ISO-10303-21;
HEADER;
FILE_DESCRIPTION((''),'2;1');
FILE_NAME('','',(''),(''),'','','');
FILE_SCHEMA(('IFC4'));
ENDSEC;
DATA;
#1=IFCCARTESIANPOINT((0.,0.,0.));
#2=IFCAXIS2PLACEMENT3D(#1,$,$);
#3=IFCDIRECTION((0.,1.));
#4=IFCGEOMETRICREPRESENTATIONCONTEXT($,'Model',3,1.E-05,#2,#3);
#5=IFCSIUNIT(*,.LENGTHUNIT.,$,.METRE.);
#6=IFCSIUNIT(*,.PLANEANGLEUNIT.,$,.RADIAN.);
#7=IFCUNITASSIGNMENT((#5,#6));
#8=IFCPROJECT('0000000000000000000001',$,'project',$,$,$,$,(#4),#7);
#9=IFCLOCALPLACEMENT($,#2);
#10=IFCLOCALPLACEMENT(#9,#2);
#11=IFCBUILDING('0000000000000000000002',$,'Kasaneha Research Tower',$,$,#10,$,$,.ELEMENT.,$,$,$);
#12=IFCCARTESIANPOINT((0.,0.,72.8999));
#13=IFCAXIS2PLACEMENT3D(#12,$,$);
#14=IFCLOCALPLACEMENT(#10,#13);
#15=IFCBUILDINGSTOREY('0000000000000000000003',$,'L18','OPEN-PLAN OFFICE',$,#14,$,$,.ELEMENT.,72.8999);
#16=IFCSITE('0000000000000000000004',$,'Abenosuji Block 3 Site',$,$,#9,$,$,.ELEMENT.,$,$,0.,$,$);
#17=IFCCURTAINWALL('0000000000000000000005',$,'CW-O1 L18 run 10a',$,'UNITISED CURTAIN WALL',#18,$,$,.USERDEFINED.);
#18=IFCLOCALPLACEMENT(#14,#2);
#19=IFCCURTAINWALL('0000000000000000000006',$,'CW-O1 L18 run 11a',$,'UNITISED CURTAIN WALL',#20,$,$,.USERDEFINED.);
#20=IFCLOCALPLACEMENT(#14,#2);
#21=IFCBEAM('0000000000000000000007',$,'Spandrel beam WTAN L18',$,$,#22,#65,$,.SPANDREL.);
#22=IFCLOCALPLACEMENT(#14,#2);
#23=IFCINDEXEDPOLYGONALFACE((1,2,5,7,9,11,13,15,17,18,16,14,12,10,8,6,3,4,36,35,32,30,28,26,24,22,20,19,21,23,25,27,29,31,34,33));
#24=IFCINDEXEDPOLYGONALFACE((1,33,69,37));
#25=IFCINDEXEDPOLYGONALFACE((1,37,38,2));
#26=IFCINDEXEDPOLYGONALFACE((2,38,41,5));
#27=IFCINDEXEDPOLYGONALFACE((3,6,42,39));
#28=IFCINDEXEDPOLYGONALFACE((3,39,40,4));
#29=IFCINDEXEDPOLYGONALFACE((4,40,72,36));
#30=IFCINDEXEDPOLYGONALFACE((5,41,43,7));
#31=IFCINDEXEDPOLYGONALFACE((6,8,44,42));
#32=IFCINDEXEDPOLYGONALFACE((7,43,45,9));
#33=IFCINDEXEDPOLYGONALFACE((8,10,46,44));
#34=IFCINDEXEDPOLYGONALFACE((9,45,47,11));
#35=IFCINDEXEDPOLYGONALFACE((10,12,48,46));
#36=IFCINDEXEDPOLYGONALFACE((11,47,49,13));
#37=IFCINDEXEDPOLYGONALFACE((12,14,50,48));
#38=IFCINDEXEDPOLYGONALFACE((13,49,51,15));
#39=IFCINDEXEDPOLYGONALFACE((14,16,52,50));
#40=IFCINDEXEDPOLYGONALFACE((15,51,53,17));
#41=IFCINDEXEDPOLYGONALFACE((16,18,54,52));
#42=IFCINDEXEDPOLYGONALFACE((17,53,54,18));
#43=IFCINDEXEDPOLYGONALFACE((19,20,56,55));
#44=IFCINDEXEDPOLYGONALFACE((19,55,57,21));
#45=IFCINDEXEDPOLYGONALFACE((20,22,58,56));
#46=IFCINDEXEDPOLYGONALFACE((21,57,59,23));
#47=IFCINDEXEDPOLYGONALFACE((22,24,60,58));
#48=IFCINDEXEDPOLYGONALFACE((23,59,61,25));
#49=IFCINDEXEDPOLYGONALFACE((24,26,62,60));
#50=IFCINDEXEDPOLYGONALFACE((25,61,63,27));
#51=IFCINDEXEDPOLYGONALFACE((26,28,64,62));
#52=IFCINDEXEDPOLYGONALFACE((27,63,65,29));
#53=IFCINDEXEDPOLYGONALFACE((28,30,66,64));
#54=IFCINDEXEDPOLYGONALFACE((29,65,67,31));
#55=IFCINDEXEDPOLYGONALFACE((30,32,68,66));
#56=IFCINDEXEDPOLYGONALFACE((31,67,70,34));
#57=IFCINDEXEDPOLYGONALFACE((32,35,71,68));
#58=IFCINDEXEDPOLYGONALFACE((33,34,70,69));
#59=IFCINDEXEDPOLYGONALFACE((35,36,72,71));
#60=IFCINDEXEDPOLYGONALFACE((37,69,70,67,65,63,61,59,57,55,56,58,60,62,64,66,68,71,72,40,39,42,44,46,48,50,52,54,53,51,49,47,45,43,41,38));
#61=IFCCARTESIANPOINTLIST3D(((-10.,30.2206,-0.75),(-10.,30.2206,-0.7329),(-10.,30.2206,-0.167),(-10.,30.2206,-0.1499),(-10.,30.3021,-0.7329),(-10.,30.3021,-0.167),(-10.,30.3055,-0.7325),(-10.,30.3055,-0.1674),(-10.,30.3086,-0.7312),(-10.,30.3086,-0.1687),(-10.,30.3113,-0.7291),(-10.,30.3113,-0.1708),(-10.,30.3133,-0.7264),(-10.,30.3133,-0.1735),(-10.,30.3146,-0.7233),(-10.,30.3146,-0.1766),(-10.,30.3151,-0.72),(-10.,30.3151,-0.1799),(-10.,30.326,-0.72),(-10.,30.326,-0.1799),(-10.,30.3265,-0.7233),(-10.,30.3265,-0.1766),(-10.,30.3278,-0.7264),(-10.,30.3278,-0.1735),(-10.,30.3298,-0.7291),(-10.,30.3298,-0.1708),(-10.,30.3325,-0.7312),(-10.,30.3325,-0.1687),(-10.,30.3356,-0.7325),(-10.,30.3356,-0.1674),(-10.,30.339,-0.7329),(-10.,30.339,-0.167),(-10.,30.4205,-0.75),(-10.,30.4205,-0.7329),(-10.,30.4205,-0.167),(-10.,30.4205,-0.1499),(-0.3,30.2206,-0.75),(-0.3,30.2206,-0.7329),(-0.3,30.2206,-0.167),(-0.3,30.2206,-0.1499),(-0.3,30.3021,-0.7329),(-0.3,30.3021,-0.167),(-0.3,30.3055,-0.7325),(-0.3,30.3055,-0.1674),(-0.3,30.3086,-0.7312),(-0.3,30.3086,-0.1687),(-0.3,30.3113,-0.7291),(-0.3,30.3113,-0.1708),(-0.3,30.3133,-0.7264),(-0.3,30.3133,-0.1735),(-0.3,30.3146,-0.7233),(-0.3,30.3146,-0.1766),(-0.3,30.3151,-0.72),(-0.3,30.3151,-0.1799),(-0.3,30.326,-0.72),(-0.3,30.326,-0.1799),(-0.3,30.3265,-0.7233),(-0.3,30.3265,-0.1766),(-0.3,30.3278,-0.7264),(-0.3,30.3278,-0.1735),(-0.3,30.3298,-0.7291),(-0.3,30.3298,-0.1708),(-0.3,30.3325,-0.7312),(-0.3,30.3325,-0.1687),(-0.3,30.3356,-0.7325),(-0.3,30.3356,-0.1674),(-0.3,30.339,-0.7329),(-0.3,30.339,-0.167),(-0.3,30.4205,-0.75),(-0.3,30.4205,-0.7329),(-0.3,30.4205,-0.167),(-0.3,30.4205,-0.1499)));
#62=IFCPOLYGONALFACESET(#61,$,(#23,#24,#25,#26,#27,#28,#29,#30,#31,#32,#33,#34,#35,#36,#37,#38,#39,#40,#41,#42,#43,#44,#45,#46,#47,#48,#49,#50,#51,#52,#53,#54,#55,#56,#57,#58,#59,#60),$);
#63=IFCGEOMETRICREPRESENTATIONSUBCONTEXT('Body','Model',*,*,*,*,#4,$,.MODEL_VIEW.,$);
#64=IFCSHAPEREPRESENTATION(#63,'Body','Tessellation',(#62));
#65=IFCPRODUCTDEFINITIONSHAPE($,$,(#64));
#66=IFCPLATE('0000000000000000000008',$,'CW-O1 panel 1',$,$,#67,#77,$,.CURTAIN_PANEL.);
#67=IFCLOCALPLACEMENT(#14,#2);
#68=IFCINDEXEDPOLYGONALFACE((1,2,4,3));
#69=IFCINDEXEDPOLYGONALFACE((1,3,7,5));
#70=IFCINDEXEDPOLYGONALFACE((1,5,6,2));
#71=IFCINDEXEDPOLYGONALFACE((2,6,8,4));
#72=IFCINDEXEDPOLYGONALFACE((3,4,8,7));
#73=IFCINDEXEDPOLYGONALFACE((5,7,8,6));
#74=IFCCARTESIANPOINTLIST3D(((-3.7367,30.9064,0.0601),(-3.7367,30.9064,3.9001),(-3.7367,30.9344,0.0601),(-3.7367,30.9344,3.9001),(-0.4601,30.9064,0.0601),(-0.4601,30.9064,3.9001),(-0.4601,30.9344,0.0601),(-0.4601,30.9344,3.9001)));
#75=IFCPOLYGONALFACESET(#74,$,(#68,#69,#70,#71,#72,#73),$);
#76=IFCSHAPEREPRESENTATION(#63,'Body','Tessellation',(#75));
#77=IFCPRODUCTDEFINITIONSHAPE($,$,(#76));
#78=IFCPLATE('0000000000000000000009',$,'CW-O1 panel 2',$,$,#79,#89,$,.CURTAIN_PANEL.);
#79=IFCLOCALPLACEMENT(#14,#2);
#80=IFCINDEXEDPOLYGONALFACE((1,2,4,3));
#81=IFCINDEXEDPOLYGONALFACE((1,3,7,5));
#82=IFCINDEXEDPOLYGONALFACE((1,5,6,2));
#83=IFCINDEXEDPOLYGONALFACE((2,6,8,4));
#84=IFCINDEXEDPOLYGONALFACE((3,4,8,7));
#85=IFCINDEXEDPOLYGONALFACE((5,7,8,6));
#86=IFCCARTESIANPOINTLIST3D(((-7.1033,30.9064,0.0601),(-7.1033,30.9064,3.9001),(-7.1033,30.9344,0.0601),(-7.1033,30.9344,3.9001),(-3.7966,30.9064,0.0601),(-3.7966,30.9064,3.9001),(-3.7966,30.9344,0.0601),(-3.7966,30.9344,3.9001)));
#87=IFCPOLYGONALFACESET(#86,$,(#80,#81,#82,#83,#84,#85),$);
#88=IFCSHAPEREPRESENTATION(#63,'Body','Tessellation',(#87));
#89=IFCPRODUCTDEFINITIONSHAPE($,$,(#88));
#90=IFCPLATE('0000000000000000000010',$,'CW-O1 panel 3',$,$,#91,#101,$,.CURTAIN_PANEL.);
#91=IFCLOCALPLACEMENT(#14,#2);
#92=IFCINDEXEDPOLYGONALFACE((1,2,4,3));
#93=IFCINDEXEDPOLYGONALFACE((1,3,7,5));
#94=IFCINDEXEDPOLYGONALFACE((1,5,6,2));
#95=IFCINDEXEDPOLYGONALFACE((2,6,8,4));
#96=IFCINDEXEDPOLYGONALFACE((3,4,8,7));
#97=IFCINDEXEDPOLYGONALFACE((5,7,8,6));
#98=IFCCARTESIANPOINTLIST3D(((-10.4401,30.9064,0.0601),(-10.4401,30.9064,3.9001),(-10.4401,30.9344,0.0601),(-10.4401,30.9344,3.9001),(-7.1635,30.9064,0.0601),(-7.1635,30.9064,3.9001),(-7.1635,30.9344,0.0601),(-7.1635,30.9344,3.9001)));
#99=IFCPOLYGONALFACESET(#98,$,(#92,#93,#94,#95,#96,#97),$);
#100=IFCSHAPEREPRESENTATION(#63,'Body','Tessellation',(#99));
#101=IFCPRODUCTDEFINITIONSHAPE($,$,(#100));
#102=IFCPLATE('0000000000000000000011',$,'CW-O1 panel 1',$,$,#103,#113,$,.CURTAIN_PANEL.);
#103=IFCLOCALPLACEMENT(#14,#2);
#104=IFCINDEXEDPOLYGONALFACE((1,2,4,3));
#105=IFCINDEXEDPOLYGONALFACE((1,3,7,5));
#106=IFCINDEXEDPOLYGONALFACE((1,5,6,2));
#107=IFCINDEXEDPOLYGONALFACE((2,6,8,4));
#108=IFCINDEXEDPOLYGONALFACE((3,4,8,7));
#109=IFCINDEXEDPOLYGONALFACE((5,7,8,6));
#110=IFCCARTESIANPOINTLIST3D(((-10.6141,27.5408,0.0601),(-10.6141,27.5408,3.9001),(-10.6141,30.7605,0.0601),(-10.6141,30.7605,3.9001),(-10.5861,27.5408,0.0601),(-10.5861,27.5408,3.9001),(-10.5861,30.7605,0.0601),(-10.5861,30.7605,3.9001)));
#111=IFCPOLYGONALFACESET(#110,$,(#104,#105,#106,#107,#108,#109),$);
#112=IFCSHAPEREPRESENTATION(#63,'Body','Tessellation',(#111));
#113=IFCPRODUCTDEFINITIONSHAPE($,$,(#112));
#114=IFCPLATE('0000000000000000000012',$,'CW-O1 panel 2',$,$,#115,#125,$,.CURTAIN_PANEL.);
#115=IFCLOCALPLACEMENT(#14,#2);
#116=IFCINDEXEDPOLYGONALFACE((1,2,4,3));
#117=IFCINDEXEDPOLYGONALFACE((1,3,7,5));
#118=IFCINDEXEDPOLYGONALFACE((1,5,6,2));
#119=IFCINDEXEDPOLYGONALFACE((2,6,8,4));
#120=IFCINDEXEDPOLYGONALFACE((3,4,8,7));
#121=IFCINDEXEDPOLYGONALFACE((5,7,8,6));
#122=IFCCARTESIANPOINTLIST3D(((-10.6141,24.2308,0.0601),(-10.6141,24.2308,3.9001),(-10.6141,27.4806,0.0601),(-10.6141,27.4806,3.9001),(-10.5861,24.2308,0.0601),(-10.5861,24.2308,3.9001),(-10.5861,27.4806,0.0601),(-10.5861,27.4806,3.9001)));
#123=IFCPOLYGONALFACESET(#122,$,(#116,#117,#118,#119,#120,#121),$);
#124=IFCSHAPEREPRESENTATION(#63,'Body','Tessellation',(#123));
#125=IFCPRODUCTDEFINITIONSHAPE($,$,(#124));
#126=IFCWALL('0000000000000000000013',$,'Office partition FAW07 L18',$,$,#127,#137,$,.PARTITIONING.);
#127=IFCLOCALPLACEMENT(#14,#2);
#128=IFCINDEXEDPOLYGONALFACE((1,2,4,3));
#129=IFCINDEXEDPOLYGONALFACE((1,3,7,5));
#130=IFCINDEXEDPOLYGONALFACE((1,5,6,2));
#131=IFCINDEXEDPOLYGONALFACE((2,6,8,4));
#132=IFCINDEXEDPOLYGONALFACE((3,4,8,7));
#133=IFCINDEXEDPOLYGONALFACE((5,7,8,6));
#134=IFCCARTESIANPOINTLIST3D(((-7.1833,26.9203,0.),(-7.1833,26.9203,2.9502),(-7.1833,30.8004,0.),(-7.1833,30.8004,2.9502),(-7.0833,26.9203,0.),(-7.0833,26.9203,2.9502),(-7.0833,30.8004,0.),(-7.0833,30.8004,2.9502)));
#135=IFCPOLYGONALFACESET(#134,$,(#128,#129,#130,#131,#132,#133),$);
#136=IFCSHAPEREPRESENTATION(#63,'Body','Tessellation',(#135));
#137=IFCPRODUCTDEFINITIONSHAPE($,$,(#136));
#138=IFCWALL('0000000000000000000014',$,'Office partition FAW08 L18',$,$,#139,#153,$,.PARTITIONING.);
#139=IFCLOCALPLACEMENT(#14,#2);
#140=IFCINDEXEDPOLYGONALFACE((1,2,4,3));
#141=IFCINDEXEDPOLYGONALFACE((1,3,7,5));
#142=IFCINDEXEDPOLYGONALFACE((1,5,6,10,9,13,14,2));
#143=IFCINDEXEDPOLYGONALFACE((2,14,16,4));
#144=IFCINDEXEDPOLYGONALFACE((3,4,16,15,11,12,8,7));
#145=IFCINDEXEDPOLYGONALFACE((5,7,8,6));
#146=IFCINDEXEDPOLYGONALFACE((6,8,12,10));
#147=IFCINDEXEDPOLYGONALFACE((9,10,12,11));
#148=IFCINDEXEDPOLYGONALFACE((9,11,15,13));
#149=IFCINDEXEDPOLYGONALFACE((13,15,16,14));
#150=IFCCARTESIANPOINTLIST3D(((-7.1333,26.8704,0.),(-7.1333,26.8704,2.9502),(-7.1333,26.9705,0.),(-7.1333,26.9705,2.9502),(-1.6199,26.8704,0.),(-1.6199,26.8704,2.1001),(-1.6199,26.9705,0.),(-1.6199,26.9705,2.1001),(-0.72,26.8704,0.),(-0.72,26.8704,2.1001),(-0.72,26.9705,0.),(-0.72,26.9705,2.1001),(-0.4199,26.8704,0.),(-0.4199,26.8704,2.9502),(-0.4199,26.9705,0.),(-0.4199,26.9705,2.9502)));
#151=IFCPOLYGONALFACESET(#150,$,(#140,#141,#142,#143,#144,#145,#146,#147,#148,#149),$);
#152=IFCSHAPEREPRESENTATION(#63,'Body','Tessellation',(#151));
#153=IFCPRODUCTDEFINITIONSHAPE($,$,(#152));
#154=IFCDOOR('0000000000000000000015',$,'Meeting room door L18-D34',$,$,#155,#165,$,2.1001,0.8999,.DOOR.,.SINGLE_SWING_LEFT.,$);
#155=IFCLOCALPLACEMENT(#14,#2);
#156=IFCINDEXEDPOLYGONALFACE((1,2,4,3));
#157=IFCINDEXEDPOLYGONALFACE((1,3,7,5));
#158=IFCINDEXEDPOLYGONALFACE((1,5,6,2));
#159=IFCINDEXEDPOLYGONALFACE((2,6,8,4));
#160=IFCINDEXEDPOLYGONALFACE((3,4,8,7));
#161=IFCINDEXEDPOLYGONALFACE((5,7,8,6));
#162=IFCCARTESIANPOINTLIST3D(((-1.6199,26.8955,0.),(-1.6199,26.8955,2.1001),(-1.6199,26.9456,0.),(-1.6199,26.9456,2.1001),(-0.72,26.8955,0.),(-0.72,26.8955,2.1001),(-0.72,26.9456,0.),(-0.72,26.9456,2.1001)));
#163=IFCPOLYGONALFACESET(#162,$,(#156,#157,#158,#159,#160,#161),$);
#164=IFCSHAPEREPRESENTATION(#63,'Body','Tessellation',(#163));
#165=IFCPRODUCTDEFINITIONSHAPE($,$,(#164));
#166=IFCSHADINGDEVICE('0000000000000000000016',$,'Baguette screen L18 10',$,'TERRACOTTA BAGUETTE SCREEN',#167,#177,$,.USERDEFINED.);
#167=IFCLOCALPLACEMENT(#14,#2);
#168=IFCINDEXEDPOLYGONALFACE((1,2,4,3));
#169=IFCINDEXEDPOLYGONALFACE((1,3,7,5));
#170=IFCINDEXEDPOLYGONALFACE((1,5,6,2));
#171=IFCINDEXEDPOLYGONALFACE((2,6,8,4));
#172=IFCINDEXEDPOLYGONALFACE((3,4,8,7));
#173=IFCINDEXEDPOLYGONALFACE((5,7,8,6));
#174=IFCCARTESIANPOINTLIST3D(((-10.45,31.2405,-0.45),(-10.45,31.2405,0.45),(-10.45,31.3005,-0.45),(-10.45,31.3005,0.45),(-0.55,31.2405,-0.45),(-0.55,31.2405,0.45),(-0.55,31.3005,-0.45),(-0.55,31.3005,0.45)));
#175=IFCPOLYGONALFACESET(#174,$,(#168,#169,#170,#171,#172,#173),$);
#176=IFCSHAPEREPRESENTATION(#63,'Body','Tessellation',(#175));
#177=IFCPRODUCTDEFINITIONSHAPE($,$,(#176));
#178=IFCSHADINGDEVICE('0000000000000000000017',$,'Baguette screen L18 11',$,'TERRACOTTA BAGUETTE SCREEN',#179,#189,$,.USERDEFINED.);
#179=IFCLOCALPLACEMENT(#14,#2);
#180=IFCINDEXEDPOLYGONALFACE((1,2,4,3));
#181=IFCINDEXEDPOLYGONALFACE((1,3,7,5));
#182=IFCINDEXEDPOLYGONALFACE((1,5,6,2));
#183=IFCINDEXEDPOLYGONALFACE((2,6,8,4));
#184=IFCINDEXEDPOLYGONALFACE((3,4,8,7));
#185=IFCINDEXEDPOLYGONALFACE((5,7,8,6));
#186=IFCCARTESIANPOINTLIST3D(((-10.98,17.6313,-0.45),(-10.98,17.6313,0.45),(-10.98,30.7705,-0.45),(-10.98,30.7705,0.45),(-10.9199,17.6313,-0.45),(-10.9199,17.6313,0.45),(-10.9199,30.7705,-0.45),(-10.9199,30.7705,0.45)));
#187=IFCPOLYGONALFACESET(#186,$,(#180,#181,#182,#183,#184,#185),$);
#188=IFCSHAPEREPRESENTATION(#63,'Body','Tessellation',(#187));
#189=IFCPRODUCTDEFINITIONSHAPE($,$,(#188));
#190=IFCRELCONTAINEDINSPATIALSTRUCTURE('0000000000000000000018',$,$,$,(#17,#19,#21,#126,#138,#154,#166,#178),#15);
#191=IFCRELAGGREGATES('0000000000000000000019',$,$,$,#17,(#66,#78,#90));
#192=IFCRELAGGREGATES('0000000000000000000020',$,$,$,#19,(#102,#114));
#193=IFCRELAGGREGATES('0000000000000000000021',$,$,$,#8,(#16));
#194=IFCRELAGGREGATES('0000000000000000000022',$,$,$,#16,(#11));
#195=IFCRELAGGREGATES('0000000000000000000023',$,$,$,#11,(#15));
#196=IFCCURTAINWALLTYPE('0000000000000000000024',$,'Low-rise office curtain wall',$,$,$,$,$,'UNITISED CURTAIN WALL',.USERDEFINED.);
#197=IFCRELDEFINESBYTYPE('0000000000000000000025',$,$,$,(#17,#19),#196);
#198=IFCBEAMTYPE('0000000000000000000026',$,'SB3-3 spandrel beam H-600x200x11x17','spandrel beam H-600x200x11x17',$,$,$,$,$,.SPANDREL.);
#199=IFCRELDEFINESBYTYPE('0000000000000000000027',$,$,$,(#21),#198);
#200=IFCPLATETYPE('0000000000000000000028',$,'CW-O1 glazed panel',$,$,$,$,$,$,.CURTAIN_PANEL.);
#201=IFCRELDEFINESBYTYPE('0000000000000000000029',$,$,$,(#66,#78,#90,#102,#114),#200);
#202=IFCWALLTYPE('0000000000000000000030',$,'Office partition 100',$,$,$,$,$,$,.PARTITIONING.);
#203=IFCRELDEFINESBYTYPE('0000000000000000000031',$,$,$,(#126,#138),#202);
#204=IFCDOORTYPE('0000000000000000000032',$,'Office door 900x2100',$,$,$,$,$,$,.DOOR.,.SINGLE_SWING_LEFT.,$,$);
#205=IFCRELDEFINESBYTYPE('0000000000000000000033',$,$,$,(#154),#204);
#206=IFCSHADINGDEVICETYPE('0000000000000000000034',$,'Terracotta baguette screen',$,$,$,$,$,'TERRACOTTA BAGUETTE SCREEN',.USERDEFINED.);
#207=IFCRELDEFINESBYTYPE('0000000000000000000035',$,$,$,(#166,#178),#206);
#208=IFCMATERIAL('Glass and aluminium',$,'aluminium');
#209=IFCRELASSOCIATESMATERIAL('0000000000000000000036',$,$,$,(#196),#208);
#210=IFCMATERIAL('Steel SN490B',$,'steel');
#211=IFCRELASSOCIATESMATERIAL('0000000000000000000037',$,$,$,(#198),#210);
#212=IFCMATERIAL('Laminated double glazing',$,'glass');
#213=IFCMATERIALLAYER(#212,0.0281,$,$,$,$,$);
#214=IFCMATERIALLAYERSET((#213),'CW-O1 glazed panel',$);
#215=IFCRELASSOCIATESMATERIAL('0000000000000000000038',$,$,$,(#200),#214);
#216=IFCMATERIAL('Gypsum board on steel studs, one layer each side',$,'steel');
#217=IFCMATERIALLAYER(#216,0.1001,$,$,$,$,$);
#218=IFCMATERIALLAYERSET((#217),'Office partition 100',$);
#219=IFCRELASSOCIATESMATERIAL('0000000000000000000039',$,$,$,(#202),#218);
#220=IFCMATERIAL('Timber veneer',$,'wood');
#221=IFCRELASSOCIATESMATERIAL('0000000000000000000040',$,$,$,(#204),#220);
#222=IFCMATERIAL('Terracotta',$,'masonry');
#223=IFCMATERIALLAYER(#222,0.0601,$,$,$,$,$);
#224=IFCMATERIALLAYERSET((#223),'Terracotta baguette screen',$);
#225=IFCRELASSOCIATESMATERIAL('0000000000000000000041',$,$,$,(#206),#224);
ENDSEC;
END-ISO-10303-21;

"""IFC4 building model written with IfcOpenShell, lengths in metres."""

from ifc_helpers import new_model, si_unit, direction, frame, frame_2d, origin, origin_2d, place, context, subcontext, project, spatial, rectangle, i_section, extrude, material, layer, layer_set, material_profile, profile_set, type_object, element, fill, aggregate, save


model = new_model("IFC4")

# Units and contexts
model_context = context("Model", 3, precision=1e-05, world=origin(), true_north=direction((0.0, 1.0)))
body_context = subcontext(model_context, "Body", "Model", "MODEL_VIEW")
ifc_project = project(units=[si_unit("LENGTHUNIT", "METRE"), si_unit("PLANEANGLEUNIT", "RADIAN")], contexts=[model_context])

# Site, building, storey
site_placement = place(None, origin())
site = spatial("IfcSite", under=ifc_project, at=site_placement, Name="Abenosuji Block 3 Site", CompositionType="ELEMENT", RefElevation=0.0)
building_placement = place(site_placement, origin())
building = spatial("IfcBuilding", under=site, at=building_placement, Name="Kasaneha Research Tower", CompositionType="ELEMENT")
storey_placement = place(building_placement, frame((0.0, 0.0, 72.8999)))
storey = spatial("IfcBuildingStorey", under=building, at=storey_placement, Name="L18", Description="OPEN-PLAN OFFICE", CompositionType="ELEMENT", Elevation=72.8999)

# Curtain walls
ifc_material_1 = material(Name="Glass and aluminium", Category="aluminium")
curtain_wall_type = type_object("IfcCurtainWallType", Name="Low-rise office curtain wall", ElementType="UNITISED CURTAIN WALL", PredefinedType="USERDEFINED", material=ifc_material_1)
curtain_wall_1_placement = place(storey_placement, origin())
curtain_wall_1 = element("IfcCurtainWall", 1, at=curtain_wall_1_placement, inside=storey, type_object=curtain_wall_type, Name="CW-O1 L18 run 10a", ObjectType="UNITISED CURTAIN WALL", PredefinedType="USERDEFINED")
curtain_wall_2_placement = place(storey_placement, origin())
curtain_wall_2 = element("IfcCurtainWall", 2, at=curtain_wall_2_placement, inside=storey, type_object=curtain_wall_type, Name="CW-O1 L18 run 11a", ObjectType="UNITISED CURTAIN WALL", PredefinedType="USERDEFINED")

# Beam
ifc_material_2 = material(Name="Steel SN490B", Category="steel")
ifc_material_profile_1 = material_profile(ifc_material_2, i_section(OverallWidth=0.2, OverallDepth=0.6001, WebThickness=0.011, FlangeThickness=0.0171, FilletRadius=0.0129, at=origin_2d()), Name="H-600x200x11x17")
ifc_profile_set_1 = profile_set([ifc_material_profile_1], Name="Steel SN490B")
beam_type_1 = type_object("IfcBeamType", Name="SB3-3 spandrel beam H-600x200x11x17", Description="spandrel beam H-600x200x11x17", PredefinedType="SPANDREL", material=ifc_profile_set_1)
beam_1_placement = place(storey_placement, frame((-10.0, 30.3206, -0.45), z_axis=(1.0, 0.0, 0.0), x_axis=(0.0, 1.0, 0.0)))
element("IfcBeam", 3, at=beam_1_placement, inside=storey, type_object=beam_type_1, Name="Spandrel beam WTAN L18", PredefinedType="SPANDREL", context=body_context, shape_type="SweptSolid", body=[
    extrude(i_section(OverallWidth=0.2, OverallDepth=0.6001, WebThickness=0.011, FlangeThickness=0.0171, FilletRadius=0.0129, at=origin_2d()), origin(), (0.0, 0.0, 1.0), 9.7),
])

# Plates
ifc_material_3 = material(Name="Laminated double glazing", Category="glass")
ifc_layer_1 = layer(ifc_material_3, 0.0281)
ifc_layer_set_1 = layer_set([ifc_layer_1], Name="CW-O1 glazed panel")
plate_type = type_object("IfcPlateType", Name="CW-O1 glazed panel", PredefinedType="CURTAIN_PANEL", material=ifc_layer_set_1)
plate_1_placement = place(storey_placement, frame((-2.0984, 30.9204, 0.0601), z_axis=(0.0, 0.0, 1.0), x_axis=(-1.0, 0.0, 0.0)))
plate_1 = element("IfcPlate", 4, at=plate_1_placement, type_object=plate_type, Name="CW-O1 panel 1", PredefinedType="CURTAIN_PANEL", context=body_context, shape_type="SweptSolid", body=[
    extrude(rectangle(XDim=3.2766, YDim=0.0281, at=origin_2d()), origin(), (0.0, 0.0, 1.0), 3.8401),
])
plate_2_placement = place(storey_placement, frame((-5.45, 30.9204, 0.0601), z_axis=(0.0, 0.0, 1.0), x_axis=(-1.0, 0.0, 0.0)))
plate_2 = element("IfcPlate", 5, at=plate_2_placement, type_object=plate_type, Name="CW-O1 panel 2", PredefinedType="CURTAIN_PANEL", context=body_context, shape_type="SweptSolid", body=[
    extrude(rectangle(XDim=3.3066, YDim=0.0281, at=origin_2d()), origin(), (0.0, 0.0, 1.0), 3.8401),
])
plate_3_placement = place(storey_placement, frame((-8.8018, 30.9204, 0.0601), z_axis=(0.0, 0.0, 1.0), x_axis=(-1.0, 0.0, 0.0)))
plate_3 = element("IfcPlate", 6, at=plate_3_placement, type_object=plate_type, Name="CW-O1 panel 3", PredefinedType="CURTAIN_PANEL", context=body_context, shape_type="SweptSolid", body=[
    extrude(rectangle(XDim=3.2766, YDim=0.0281, at=origin_2d()), origin(), (0.0, 0.0, 1.0), 3.8401),
])
aggregate(curtain_wall_1, [plate_1, plate_2, plate_3])
plate_4_placement = place(storey_placement, frame((-10.6001, 29.1506, 0.0601), z_axis=(0.0, 0.0, 1.0), x_axis=(0.0, -1.0, 0.0)))
plate_4 = element("IfcPlate", 7, at=plate_4_placement, type_object=plate_type, Name="CW-O1 panel 1", PredefinedType="CURTAIN_PANEL", context=body_context, shape_type="SweptSolid", body=[
    extrude(rectangle(XDim=3.2197, YDim=0.0281, at=origin_2d()), origin(), (0.0, 0.0, 1.0), 3.8401),
])
plate_5_placement = place(storey_placement, frame((-10.6001, 25.8557, 0.0601), z_axis=(0.0, 0.0, 1.0), x_axis=(0.0, -1.0, 0.0)))
plate_5 = element("IfcPlate", 8, at=plate_5_placement, type_object=plate_type, Name="CW-O1 panel 2", PredefinedType="CURTAIN_PANEL", context=body_context, shape_type="SweptSolid", body=[
    extrude(rectangle(XDim=3.2498, YDim=0.0281, at=origin_2d()), origin(), (0.0, 0.0, 1.0), 3.8401),
])
aggregate(curtain_wall_2, [plate_4, plate_5])

# Wall
ifc_material_4 = material(Name="Gypsum board on steel studs, one layer each side", Category="steel")
ifc_layer_2 = layer(ifc_material_4, 0.1001)
ifc_layer_set_2 = layer_set([ifc_layer_2], Name="Office partition 100")
wall_type = type_object("IfcWallType", Name="Office partition 100", PredefinedType="PARTITIONING", material=ifc_layer_set_2)
wall_1_placement = place(storey_placement, frame((-7.1333, 26.9204, 0.0), z_axis=(0.0, 0.0, 1.0), x_axis=(0.0, 1.0, 0.0)))
element("IfcWall", 9, at=wall_1_placement, inside=storey, type_object=wall_type, Name="Office partition FAW07 L18", PredefinedType="PARTITIONING", context=body_context, shape_type="SweptSolid", body=[
    extrude(rectangle(XDim=3.8801, YDim=0.1001, at=frame_2d((1.9399, 0.0))), origin(), (0.0, 0.0, 1.0), 2.9502),
])

# Wall, opening, door
wall_2_placement = place(storey_placement, frame((-0.4199, 26.9204, 0.0), z_axis=(0.0, 0.0, 1.0), x_axis=(-1.0, 0.0, 0.0)))
wall_2 = element("IfcWall", 10, at=wall_2_placement, inside=storey, type_object=wall_type, Name="Office partition FAW08 L18", PredefinedType="PARTITIONING", context=body_context, shape_type="SweptSolid", body=[
    extrude(rectangle(XDim=6.7134, YDim=0.1001, at=frame_2d((3.3567, 0.0))), origin(), (0.0, 0.0, 1.0), 2.9502),
])
opening_placement = place(wall_2_placement, frame((0.3, 0.0, 0.0)))
opening = element("IfcOpeningElement", 11, at=opening_placement, cuts=wall_2, PredefinedType="OPENING", context=body_context, shape_type="SweptSolid", body=[
    extrude(rectangle(XDim=0.8999, YDim=2.1001, at=frame_2d((0.45, 1.05))), frame((0.0, 0.0601, 0.0), z_axis=(0.0, -1.0, 0.0), x_axis=(1.0, 0.0, 0.0)), (0.0, 0.0, 1.0), 0.1201),
])
ifc_material_5 = material(Name="Timber veneer", Category="wood")
door_type = type_object("IfcDoorType", Name="Office door 900x2100", OperationType="SINGLE_SWING_LEFT", PredefinedType="DOOR", material=ifc_material_5)
door_placement = place(opening_placement, origin())
door = element("IfcDoor", 12, at=door_placement, inside=storey, type_object=door_type, Name="Meeting room door L18-D34", OperationType="SINGLE_SWING_LEFT", OverallHeight=2.1001, OverallWidth=0.8999, PredefinedType="DOOR", context=body_context, shape_type="SweptSolid", body=[
    extrude(rectangle(XDim=0.8999, YDim=2.1001, at=frame_2d((0.45, 1.05))), frame((0.0, 0.0249, 0.0), z_axis=(0.0, -1.0, 0.0), x_axis=(1.0, 0.0, 0.0)), (0.0, 0.0, 1.0), 0.05),
])
fill(opening, door)

# Shading devices
ifc_material_6 = material(Name="Terracotta", Category="masonry")
ifc_layer_3 = layer(ifc_material_6, 0.0601)
ifc_layer_set_3 = layer_set([ifc_layer_3], Name="Terracotta baguette screen")
shading_device_type = type_object("IfcShadingDeviceType", Name="Terracotta baguette screen", ElementType="TERRACOTTA BAGUETTE SCREEN", PredefinedType="USERDEFINED", material=ifc_layer_set_3)
shading_device_1_placement = place(storey_placement, frame((-5.5, 31.2705, -0.45), z_axis=(0.0, 0.0, 1.0), x_axis=(-1.0, 0.0, 0.0)))
element("IfcShadingDevice", 13, at=shading_device_1_placement, inside=storey, type_object=shading_device_type, Name="Baguette screen L18 10", ObjectType="TERRACOTTA BAGUETTE SCREEN", PredefinedType="USERDEFINED", context=body_context, shape_type="SweptSolid", body=[
    extrude(rectangle(XDim=9.8999, YDim=0.0601, at=origin_2d()), origin(), (0.0, 0.0, 1.0), 0.8999),
])
shading_device_2_placement = place(storey_placement, frame((-10.95, 24.2009, -0.45), z_axis=(0.0, 0.0, 1.0), x_axis=(0.0, -1.0, 0.0)))
element("IfcShadingDevice", 14, at=shading_device_2_placement, inside=storey, type_object=shading_device_type, Name="Baguette screen L18 11", ObjectType="TERRACOTTA BAGUETTE SCREEN", PredefinedType="USERDEFINED", context=body_context, shape_type="SweptSolid", body=[
    extrude(rectangle(XDim=13.1392, YDim=0.0601, at=origin_2d()), origin(), (0.0, 0.0, 1.0), 0.8999),
])

save(model, "model.ifc")
